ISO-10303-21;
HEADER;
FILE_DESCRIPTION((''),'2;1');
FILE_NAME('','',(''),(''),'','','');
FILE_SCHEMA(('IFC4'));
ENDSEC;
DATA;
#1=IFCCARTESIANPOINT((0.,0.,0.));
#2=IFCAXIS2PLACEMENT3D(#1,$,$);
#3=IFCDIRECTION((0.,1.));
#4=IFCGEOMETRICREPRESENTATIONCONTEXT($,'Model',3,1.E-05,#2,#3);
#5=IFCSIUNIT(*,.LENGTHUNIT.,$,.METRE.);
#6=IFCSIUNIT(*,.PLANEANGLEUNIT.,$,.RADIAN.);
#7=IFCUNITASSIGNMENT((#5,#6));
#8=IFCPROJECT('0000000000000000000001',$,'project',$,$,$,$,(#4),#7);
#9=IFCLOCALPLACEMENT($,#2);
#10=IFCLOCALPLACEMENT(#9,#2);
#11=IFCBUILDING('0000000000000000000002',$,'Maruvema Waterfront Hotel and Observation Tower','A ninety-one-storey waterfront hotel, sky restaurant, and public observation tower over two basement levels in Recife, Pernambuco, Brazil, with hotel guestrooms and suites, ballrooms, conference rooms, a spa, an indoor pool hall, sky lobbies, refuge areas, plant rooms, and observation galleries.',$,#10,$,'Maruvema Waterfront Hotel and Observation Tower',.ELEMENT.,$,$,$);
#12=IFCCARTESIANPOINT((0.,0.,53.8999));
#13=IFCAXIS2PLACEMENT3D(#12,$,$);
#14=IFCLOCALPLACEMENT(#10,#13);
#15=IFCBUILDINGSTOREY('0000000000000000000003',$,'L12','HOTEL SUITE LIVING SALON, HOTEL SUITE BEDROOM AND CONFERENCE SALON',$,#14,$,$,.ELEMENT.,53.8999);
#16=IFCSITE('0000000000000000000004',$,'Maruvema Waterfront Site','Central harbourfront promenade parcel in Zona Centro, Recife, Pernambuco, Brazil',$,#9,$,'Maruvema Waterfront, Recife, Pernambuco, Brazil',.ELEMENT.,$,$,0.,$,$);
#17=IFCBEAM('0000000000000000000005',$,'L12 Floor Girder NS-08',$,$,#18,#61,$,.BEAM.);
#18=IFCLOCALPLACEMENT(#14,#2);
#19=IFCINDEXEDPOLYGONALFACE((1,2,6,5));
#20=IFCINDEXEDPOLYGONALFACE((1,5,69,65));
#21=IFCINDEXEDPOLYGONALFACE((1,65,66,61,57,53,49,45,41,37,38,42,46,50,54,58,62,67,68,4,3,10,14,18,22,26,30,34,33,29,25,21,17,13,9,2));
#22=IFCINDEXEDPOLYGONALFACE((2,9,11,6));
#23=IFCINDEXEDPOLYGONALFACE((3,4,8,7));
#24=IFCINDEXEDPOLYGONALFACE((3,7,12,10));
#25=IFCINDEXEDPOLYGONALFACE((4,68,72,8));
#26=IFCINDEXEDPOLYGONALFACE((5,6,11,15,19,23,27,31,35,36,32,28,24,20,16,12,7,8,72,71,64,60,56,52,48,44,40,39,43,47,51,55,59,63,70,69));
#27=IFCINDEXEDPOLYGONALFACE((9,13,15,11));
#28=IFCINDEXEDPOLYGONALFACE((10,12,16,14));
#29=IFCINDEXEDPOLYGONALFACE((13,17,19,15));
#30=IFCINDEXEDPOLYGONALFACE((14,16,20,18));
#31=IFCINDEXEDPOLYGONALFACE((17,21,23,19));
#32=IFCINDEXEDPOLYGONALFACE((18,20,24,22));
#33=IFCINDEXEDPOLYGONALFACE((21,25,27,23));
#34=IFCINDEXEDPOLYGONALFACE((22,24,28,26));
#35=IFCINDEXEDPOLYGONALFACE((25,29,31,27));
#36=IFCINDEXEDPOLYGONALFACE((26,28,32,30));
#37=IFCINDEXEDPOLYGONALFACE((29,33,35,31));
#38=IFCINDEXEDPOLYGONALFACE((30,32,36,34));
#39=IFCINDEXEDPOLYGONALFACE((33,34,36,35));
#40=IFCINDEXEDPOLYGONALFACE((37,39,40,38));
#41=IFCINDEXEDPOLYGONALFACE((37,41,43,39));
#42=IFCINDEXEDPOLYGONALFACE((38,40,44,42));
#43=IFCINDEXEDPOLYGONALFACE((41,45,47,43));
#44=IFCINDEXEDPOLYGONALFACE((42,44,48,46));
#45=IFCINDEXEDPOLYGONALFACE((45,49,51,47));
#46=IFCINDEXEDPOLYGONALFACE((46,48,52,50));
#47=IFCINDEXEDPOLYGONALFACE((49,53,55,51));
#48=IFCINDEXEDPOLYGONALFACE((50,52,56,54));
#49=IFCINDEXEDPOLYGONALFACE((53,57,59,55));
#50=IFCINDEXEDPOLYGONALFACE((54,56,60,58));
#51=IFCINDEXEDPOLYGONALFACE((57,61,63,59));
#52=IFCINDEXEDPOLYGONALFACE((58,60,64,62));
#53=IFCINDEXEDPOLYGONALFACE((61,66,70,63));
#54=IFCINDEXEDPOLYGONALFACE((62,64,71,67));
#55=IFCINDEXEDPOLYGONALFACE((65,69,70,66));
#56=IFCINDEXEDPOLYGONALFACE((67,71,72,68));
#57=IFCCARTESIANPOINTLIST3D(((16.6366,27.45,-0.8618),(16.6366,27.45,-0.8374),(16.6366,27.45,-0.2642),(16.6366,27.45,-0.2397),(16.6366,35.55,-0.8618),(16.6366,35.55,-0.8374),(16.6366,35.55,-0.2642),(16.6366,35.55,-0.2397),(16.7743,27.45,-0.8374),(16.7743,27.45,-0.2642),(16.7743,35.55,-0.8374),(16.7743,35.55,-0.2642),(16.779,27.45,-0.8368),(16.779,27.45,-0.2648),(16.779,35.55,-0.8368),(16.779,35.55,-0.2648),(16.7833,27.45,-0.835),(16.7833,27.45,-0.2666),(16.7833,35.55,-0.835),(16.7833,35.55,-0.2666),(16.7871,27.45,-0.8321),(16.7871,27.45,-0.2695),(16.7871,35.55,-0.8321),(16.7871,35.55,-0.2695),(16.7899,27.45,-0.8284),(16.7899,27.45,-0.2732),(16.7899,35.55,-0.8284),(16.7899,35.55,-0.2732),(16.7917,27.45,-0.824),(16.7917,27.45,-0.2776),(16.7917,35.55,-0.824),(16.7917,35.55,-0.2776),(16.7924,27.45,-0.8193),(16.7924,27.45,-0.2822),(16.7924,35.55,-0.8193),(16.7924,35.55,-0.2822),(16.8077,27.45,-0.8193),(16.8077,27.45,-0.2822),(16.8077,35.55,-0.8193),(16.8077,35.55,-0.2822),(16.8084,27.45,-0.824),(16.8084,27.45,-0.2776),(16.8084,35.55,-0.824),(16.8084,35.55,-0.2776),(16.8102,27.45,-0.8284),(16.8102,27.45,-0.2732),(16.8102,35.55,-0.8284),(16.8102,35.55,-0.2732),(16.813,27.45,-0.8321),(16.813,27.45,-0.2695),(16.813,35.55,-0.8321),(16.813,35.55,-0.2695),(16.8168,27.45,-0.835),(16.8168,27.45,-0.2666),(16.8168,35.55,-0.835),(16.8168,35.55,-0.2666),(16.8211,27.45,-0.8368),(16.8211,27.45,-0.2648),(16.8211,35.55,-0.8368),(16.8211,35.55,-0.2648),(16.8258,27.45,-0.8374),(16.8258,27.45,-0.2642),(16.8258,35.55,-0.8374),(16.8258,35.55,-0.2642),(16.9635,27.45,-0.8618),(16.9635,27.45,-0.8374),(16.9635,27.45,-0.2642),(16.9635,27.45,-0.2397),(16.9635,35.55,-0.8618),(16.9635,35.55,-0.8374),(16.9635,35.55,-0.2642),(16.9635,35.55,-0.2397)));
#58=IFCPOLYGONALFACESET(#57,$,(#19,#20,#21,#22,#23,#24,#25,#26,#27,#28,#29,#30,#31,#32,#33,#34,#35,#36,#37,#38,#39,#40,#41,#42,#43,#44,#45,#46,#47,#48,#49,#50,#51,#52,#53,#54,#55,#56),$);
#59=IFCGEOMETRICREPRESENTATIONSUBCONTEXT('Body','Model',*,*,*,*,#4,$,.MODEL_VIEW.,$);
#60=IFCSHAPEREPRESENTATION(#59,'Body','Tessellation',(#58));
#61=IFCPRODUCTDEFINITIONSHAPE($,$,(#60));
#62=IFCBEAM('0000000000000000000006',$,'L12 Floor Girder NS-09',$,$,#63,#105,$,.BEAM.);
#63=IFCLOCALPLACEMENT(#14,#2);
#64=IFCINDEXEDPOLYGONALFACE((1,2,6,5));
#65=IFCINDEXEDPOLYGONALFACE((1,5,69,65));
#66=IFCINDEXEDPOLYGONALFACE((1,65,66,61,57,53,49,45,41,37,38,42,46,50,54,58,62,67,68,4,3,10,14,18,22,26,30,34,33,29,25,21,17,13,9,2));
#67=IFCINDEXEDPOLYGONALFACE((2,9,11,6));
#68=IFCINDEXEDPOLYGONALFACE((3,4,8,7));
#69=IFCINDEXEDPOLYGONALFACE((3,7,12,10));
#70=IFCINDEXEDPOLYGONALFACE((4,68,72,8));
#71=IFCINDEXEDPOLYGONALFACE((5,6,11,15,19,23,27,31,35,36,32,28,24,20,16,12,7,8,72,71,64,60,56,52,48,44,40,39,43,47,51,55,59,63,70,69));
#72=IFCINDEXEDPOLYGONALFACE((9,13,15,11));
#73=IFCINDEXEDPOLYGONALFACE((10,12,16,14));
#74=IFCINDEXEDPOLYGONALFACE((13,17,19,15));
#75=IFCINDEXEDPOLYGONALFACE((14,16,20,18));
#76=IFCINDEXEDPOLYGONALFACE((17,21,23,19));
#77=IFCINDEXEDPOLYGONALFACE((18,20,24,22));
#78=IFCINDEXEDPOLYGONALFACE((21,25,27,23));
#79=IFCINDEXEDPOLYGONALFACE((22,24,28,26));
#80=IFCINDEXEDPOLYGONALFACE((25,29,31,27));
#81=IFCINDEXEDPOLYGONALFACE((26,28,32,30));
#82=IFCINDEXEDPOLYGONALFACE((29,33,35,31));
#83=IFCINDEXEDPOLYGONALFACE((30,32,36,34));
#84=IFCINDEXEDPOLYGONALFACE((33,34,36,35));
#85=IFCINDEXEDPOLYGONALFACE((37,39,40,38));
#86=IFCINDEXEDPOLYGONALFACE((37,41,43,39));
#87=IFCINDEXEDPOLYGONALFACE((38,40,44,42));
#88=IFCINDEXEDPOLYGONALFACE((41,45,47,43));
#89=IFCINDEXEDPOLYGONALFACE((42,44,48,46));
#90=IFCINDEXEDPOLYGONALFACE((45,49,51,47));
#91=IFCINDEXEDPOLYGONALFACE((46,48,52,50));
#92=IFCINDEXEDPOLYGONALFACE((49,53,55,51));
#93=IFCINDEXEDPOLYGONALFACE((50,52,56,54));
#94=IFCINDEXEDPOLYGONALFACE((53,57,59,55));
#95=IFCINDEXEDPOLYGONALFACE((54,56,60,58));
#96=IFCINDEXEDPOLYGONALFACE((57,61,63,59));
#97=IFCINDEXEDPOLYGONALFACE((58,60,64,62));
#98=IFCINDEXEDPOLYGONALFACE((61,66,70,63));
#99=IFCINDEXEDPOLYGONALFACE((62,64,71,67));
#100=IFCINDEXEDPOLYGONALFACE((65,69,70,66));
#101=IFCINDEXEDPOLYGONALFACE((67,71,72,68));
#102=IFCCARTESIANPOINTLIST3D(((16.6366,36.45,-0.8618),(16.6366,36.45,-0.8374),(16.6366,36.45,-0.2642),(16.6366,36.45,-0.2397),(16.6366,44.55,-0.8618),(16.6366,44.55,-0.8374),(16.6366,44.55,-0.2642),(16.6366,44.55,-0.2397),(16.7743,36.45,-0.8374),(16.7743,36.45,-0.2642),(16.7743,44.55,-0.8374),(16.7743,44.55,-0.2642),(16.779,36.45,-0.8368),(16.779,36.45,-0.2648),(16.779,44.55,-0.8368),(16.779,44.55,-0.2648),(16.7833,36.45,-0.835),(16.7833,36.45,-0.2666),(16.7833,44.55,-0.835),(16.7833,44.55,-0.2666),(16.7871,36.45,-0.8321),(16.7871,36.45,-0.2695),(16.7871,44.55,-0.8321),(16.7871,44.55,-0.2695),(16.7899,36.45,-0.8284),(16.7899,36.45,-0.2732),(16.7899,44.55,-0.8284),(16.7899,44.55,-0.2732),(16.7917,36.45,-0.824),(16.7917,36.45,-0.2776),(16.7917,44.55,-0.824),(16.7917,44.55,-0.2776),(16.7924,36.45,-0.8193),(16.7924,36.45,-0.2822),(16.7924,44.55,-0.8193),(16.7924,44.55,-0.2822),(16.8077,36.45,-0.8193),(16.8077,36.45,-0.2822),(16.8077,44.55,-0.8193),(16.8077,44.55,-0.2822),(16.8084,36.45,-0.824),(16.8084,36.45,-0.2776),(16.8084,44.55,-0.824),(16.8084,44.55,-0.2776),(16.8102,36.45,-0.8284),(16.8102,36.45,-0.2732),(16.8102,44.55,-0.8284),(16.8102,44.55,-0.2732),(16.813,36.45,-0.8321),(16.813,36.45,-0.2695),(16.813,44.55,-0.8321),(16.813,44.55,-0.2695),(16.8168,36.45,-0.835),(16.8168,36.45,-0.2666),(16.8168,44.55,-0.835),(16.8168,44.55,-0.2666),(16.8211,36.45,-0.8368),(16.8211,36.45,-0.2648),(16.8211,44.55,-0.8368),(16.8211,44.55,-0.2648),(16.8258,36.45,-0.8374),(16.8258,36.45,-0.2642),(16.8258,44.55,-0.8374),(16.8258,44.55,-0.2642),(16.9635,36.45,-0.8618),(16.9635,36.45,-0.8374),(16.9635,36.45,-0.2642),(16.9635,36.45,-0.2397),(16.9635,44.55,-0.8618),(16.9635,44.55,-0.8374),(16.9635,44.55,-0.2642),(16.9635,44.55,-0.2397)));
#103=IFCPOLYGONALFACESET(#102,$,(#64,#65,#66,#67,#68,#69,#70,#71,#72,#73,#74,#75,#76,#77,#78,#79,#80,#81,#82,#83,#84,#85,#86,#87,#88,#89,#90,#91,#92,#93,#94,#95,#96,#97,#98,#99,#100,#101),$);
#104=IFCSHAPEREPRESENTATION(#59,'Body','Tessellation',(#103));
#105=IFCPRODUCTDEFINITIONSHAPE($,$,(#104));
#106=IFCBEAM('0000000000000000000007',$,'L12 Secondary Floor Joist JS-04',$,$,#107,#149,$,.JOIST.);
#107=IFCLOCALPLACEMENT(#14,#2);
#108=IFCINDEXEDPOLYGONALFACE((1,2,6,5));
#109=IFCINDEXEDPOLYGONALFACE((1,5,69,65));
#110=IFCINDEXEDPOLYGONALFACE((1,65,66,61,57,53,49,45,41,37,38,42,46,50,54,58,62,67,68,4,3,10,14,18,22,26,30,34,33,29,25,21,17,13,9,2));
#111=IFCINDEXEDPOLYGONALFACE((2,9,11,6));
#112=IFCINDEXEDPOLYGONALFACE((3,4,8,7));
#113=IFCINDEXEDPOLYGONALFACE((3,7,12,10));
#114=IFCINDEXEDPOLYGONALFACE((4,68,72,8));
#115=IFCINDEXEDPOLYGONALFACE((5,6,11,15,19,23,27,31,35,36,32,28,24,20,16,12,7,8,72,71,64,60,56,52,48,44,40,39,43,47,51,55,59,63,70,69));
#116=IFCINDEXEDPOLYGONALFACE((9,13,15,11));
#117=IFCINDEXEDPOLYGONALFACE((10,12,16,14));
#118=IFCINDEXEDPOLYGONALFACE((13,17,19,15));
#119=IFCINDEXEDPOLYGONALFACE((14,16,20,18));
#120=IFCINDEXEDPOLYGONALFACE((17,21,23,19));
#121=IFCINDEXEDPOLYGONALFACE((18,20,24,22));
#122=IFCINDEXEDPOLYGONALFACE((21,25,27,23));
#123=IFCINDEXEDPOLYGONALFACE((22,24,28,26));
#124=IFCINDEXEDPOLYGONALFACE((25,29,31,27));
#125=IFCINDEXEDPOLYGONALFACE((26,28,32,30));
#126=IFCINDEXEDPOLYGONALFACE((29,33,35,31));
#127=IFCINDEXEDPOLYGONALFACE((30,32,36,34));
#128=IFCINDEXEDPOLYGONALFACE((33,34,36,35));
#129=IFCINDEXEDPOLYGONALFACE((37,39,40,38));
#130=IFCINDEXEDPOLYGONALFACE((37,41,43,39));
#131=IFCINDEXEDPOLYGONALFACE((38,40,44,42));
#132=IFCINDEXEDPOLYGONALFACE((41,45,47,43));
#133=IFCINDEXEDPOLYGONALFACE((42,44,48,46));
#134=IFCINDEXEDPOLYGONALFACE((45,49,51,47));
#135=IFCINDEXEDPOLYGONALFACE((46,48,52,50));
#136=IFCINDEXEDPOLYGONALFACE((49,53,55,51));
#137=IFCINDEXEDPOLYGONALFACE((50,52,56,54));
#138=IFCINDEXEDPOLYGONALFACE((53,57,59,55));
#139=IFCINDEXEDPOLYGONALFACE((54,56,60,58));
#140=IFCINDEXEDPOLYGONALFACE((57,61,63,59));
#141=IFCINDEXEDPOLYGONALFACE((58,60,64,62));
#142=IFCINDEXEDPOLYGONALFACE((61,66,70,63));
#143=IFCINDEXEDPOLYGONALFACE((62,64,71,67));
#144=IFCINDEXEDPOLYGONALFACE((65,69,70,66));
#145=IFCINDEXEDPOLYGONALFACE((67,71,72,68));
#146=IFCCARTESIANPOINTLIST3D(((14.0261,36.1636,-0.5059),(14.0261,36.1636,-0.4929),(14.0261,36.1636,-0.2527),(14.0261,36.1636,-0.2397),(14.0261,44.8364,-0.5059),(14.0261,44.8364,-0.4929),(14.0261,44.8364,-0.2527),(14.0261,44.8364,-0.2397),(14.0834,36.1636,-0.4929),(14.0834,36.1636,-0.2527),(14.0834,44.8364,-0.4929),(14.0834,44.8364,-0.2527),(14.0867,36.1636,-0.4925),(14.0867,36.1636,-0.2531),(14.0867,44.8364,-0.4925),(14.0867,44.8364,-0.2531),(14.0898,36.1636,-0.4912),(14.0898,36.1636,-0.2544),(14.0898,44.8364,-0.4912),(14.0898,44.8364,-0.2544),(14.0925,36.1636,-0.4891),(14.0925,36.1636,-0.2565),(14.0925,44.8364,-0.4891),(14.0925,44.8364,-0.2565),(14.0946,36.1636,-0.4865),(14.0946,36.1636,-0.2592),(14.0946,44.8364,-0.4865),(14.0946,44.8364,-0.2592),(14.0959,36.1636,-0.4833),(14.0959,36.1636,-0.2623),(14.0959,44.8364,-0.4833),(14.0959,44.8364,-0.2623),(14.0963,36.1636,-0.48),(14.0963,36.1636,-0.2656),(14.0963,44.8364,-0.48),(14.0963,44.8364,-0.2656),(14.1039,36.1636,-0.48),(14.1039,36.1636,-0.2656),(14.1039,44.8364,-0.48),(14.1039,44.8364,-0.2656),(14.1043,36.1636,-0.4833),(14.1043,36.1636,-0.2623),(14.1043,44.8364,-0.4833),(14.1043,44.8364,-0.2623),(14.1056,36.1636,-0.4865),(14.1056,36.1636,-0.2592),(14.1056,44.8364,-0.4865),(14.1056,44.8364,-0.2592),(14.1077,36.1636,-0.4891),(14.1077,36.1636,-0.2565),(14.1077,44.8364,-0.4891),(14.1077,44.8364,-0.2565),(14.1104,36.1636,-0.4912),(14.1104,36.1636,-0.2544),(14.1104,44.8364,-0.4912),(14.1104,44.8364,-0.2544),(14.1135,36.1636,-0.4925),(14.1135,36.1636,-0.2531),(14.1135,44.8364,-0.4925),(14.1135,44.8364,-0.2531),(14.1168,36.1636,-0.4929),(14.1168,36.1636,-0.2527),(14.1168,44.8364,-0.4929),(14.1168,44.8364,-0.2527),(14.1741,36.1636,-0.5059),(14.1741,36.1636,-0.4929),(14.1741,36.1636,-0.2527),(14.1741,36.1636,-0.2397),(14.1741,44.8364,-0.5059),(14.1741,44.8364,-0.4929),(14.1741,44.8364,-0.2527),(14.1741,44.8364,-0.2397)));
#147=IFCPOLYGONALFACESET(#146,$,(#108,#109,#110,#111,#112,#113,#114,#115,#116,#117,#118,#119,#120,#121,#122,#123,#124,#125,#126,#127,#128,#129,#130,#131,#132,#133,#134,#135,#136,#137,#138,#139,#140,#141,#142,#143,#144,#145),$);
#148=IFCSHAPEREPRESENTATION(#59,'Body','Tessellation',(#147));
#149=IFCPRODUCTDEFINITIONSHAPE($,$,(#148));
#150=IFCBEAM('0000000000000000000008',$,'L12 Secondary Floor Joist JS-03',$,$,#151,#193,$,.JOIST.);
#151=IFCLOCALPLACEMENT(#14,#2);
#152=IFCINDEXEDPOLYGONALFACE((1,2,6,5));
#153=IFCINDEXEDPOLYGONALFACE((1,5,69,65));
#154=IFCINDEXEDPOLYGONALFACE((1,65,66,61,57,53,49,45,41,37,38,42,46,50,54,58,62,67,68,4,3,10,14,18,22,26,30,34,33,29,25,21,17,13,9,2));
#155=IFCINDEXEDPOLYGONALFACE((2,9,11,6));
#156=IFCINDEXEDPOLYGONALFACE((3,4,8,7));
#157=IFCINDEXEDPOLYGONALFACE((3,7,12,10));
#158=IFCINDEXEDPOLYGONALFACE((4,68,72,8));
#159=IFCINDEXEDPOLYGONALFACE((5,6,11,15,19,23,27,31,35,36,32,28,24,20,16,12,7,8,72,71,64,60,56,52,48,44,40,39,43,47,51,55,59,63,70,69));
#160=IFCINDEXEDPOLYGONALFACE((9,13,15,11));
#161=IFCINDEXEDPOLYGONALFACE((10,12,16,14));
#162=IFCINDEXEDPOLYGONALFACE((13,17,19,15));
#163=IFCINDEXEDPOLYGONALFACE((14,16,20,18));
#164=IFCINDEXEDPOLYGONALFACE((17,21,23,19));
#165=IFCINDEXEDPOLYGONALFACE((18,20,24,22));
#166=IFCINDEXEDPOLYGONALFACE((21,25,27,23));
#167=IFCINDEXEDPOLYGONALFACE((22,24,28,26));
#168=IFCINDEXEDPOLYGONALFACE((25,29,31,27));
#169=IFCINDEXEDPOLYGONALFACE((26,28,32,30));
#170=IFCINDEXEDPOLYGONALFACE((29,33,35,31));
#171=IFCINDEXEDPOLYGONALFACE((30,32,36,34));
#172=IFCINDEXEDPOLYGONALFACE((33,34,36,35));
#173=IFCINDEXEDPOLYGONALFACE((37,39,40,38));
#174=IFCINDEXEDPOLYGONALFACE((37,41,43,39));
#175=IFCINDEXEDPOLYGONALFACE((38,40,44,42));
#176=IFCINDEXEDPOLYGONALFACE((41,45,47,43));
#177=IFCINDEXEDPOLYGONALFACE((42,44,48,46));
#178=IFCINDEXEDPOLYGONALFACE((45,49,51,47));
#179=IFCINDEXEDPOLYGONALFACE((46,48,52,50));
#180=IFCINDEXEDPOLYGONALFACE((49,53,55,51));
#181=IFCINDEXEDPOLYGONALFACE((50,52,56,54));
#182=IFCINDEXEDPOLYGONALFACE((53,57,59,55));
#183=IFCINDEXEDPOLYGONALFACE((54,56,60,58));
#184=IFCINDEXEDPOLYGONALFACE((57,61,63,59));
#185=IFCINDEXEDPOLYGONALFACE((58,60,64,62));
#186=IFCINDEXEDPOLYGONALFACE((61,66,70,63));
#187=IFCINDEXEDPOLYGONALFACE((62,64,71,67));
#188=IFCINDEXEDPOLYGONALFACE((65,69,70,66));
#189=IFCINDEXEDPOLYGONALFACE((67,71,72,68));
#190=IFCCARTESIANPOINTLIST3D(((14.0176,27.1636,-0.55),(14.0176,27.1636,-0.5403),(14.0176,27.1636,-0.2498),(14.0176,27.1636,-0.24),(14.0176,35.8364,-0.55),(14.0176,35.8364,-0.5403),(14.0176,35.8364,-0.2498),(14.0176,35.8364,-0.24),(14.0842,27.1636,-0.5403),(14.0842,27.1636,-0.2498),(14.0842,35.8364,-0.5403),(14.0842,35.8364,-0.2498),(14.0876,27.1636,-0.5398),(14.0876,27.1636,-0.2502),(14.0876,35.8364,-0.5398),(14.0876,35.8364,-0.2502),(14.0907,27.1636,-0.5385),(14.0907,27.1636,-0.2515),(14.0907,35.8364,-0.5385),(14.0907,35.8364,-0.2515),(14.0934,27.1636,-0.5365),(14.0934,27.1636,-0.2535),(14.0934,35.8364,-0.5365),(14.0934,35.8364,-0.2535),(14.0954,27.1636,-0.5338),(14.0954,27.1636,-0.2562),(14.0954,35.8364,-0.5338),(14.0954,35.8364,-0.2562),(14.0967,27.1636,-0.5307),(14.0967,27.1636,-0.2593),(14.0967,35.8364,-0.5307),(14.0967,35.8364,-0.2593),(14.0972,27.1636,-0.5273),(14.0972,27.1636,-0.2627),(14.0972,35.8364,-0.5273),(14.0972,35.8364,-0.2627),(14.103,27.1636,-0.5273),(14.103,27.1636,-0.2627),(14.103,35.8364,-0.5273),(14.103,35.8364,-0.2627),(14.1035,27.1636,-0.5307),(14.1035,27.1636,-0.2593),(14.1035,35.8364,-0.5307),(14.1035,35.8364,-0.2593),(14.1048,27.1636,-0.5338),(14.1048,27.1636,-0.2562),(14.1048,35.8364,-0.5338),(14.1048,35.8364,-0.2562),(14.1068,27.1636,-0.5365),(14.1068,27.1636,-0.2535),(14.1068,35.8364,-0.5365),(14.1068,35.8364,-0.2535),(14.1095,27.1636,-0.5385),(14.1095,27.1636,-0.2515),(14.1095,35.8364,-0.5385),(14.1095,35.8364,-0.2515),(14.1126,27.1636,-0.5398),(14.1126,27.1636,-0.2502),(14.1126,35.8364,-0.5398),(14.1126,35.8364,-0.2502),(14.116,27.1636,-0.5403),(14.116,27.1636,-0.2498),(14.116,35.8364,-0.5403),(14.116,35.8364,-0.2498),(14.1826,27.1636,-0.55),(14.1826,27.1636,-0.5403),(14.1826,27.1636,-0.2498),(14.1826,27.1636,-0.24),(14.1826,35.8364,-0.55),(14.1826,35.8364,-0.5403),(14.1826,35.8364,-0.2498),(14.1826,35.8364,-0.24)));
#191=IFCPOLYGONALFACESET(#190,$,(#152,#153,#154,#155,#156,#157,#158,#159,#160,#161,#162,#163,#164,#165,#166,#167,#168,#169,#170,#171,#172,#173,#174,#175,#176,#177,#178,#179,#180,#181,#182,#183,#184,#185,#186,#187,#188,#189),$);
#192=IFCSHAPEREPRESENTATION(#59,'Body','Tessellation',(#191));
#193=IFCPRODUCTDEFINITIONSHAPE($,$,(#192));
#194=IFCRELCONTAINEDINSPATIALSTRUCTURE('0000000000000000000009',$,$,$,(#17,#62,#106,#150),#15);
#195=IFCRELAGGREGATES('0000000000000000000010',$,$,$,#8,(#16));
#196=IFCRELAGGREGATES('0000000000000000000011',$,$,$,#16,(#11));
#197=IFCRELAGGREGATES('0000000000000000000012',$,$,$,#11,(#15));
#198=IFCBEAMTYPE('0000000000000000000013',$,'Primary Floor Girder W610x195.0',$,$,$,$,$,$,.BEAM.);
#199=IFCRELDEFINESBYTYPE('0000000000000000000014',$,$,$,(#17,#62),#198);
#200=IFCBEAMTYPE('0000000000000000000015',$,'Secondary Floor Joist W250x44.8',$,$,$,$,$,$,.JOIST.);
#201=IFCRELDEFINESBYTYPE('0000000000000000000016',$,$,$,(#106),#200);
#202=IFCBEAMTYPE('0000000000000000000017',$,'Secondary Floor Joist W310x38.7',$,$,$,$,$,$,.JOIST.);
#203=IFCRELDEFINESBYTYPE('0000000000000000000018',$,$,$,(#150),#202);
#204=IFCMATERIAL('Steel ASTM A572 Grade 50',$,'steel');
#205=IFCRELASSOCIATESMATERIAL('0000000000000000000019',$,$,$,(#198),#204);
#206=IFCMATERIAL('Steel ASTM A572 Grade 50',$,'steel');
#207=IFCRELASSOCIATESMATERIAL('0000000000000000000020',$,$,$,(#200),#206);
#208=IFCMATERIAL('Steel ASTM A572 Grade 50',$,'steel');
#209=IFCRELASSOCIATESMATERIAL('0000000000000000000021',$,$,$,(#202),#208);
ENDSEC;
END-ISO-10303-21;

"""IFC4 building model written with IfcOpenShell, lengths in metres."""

from ifc_helpers import new_model, si_unit, direction, frame, origin, origin_2d, place, context, subcontext, project, spatial, i_section, extrude, material, material_profile, profile_set, type_object, element, save


model = new_model("IFC4")

# Units and contexts
model_context = context("Model", 3, precision=1e-05, world=origin(), true_north=direction((0.0, 1.0)))
body_context = subcontext(model_context, "Body", "Model", "MODEL_VIEW")
ifc_project = project(units=[si_unit("LENGTHUNIT", "METRE"), si_unit("PLANEANGLEUNIT", "RADIAN")], contexts=[model_context])

# Site, building, storey
site_placement = place(None, origin())
site = spatial("IfcSite", under=ifc_project, at=site_placement, Name="Maruvema Waterfront Site", Description="Central harbourfront promenade parcel in Zona Centro, Recife, Pernambuco, Brazil", LongName="Maruvema Waterfront, Recife, Pernambuco, Brazil", CompositionType="ELEMENT", RefElevation=0.0)
building_placement = place(site_placement, origin())
building = spatial("IfcBuilding", under=site, at=building_placement, Name="Maruvema Waterfront Hotel and Observation Tower", Description="A ninety-one-storey waterfront hotel, sky restaurant, and public observation tower over two basement levels in Recife, Pernambuco, Brazil, with hotel guestrooms and suites, ballrooms, conference rooms, a spa, an indoor pool hall, sky lobbies, refuge areas, plant rooms, and observation galleries.", LongName="Maruvema Waterfront Hotel and Observation Tower", CompositionType="ELEMENT")
storey_placement = place(building_placement, frame((0.0, 0.0, 53.8999)))
storey = spatial("IfcBuildingStorey", under=building, at=storey_placement, Name="L12", Description="HOTEL SUITE LIVING SALON, HOTEL SUITE BEDROOM AND CONFERENCE SALON", CompositionType="ELEMENT", Elevation=53.8999)

# Beams
ifc_material_1 = material(Name="Steel ASTM A572 Grade 50", Category="steel")
ifc_material_profile_1 = material_profile(ifc_material_1, i_section(OverallWidth=0.3269, OverallDepth=0.6221, WebThickness=0.0154, FlangeThickness=0.0244, FilletRadius=0.0181, at=origin_2d()), Name="W610x195.0")
ifc_profile_set_1 = profile_set([ifc_material_profile_1], Name="Steel ASTM A572 Grade 50")
beam_type_1 = type_object("IfcBeamType", Name="Primary Floor Girder W610x195.0", PredefinedType="BEAM", material=ifc_profile_set_1)
for number, where, z_axis, x_axis, name in (
    (1, (16.8, 27.45, -0.5508), (0.0, 1.0, 0.0), (-1.0, 0.0, 0.0), "L12 Floor Girder NS-08"),
    (2, (16.8, 36.45, -0.5508), (0.0, 1.0, 0.0), (-1.0, 0.0, 0.0), "L12 Floor Girder NS-09"),
):
    element("IfcBeam", number, at=place(storey_placement, frame(where, z_axis=z_axis, x_axis=x_axis)), inside=storey, type_object=beam_type_1, Name=name, PredefinedType="BEAM", context=body_context, shape_type="SweptSolid", body=[
        extrude(i_section(OverallWidth=0.3269, OverallDepth=0.6221, WebThickness=0.0154, FlangeThickness=0.0244, FilletRadius=0.0181, at=origin_2d()), origin(), (0.0, 0.0, 1.0), 8.1001),
    ])
ifc_material_2 = material(Name="Steel ASTM A572 Grade 50", Category="steel")
ifc_material_profile_2 = material_profile(ifc_material_2, i_section(OverallWidth=0.1479, OverallDepth=0.2661, WebThickness=0.0076, FlangeThickness=0.0129, FilletRadius=0.0129, at=origin_2d()), Name="W250x44.8")
ifc_profile_set_2 = profile_set([ifc_material_profile_2], Name="Steel ASTM A572 Grade 50")
beam_type_2 = type_object("IfcBeamType", Name="Secondary Floor Joist W250x44.8", PredefinedType="JOIST", material=ifc_profile_set_2)
beam_1_placement = place(storey_placement, frame((14.1001, 36.1636, -0.3728), z_axis=(0.0, 1.0, 0.0), x_axis=(-1.0, 0.0, 0.0)))
element("IfcBeam", 3, at=beam_1_placement, inside=storey, type_object=beam_type_2, Name="L12 Secondary Floor Joist JS-04", PredefinedType="JOIST", context=body_context, shape_type="SweptSolid", body=[
    extrude(i_section(OverallWidth=0.1479, OverallDepth=0.2661, WebThickness=0.0076, FlangeThickness=0.0129, FilletRadius=0.0129, at=origin_2d()), origin(), (0.0, 0.0, 1.0), 8.6729),
])
ifc_material_3 = material(Name="Steel ASTM A572 Grade 50", Category="steel")
ifc_material_profile_3 = material_profile(ifc_material_3, i_section(OverallWidth=0.165, OverallDepth=0.3101, WebThickness=0.0059, FlangeThickness=0.0098, FilletRadius=0.0129, at=origin_2d()), Name="W310x38.7")
ifc_profile_set_3 = profile_set([ifc_material_profile_3], Name="Steel ASTM A572 Grade 50")
beam_type_3 = type_object("IfcBeamType", Name="Secondary Floor Joist W310x38.7", PredefinedType="JOIST", material=ifc_profile_set_3)
beam_2_placement = place(storey_placement, frame((14.1001, 27.1636, -0.395), z_axis=(0.0, 1.0, 0.0), x_axis=(-1.0, 0.0, 0.0)))
element("IfcBeam", 4, at=beam_2_placement, inside=storey, type_object=beam_type_3, Name="L12 Secondary Floor Joist JS-03", PredefinedType="JOIST", context=body_context, shape_type="SweptSolid", body=[
    extrude(i_section(OverallWidth=0.165, OverallDepth=0.3101, WebThickness=0.0059, FlangeThickness=0.0098, FilletRadius=0.0129, at=origin_2d()), origin(), (0.0, 0.0, 1.0), 8.6729),
])

save(model, "model.ifc")
